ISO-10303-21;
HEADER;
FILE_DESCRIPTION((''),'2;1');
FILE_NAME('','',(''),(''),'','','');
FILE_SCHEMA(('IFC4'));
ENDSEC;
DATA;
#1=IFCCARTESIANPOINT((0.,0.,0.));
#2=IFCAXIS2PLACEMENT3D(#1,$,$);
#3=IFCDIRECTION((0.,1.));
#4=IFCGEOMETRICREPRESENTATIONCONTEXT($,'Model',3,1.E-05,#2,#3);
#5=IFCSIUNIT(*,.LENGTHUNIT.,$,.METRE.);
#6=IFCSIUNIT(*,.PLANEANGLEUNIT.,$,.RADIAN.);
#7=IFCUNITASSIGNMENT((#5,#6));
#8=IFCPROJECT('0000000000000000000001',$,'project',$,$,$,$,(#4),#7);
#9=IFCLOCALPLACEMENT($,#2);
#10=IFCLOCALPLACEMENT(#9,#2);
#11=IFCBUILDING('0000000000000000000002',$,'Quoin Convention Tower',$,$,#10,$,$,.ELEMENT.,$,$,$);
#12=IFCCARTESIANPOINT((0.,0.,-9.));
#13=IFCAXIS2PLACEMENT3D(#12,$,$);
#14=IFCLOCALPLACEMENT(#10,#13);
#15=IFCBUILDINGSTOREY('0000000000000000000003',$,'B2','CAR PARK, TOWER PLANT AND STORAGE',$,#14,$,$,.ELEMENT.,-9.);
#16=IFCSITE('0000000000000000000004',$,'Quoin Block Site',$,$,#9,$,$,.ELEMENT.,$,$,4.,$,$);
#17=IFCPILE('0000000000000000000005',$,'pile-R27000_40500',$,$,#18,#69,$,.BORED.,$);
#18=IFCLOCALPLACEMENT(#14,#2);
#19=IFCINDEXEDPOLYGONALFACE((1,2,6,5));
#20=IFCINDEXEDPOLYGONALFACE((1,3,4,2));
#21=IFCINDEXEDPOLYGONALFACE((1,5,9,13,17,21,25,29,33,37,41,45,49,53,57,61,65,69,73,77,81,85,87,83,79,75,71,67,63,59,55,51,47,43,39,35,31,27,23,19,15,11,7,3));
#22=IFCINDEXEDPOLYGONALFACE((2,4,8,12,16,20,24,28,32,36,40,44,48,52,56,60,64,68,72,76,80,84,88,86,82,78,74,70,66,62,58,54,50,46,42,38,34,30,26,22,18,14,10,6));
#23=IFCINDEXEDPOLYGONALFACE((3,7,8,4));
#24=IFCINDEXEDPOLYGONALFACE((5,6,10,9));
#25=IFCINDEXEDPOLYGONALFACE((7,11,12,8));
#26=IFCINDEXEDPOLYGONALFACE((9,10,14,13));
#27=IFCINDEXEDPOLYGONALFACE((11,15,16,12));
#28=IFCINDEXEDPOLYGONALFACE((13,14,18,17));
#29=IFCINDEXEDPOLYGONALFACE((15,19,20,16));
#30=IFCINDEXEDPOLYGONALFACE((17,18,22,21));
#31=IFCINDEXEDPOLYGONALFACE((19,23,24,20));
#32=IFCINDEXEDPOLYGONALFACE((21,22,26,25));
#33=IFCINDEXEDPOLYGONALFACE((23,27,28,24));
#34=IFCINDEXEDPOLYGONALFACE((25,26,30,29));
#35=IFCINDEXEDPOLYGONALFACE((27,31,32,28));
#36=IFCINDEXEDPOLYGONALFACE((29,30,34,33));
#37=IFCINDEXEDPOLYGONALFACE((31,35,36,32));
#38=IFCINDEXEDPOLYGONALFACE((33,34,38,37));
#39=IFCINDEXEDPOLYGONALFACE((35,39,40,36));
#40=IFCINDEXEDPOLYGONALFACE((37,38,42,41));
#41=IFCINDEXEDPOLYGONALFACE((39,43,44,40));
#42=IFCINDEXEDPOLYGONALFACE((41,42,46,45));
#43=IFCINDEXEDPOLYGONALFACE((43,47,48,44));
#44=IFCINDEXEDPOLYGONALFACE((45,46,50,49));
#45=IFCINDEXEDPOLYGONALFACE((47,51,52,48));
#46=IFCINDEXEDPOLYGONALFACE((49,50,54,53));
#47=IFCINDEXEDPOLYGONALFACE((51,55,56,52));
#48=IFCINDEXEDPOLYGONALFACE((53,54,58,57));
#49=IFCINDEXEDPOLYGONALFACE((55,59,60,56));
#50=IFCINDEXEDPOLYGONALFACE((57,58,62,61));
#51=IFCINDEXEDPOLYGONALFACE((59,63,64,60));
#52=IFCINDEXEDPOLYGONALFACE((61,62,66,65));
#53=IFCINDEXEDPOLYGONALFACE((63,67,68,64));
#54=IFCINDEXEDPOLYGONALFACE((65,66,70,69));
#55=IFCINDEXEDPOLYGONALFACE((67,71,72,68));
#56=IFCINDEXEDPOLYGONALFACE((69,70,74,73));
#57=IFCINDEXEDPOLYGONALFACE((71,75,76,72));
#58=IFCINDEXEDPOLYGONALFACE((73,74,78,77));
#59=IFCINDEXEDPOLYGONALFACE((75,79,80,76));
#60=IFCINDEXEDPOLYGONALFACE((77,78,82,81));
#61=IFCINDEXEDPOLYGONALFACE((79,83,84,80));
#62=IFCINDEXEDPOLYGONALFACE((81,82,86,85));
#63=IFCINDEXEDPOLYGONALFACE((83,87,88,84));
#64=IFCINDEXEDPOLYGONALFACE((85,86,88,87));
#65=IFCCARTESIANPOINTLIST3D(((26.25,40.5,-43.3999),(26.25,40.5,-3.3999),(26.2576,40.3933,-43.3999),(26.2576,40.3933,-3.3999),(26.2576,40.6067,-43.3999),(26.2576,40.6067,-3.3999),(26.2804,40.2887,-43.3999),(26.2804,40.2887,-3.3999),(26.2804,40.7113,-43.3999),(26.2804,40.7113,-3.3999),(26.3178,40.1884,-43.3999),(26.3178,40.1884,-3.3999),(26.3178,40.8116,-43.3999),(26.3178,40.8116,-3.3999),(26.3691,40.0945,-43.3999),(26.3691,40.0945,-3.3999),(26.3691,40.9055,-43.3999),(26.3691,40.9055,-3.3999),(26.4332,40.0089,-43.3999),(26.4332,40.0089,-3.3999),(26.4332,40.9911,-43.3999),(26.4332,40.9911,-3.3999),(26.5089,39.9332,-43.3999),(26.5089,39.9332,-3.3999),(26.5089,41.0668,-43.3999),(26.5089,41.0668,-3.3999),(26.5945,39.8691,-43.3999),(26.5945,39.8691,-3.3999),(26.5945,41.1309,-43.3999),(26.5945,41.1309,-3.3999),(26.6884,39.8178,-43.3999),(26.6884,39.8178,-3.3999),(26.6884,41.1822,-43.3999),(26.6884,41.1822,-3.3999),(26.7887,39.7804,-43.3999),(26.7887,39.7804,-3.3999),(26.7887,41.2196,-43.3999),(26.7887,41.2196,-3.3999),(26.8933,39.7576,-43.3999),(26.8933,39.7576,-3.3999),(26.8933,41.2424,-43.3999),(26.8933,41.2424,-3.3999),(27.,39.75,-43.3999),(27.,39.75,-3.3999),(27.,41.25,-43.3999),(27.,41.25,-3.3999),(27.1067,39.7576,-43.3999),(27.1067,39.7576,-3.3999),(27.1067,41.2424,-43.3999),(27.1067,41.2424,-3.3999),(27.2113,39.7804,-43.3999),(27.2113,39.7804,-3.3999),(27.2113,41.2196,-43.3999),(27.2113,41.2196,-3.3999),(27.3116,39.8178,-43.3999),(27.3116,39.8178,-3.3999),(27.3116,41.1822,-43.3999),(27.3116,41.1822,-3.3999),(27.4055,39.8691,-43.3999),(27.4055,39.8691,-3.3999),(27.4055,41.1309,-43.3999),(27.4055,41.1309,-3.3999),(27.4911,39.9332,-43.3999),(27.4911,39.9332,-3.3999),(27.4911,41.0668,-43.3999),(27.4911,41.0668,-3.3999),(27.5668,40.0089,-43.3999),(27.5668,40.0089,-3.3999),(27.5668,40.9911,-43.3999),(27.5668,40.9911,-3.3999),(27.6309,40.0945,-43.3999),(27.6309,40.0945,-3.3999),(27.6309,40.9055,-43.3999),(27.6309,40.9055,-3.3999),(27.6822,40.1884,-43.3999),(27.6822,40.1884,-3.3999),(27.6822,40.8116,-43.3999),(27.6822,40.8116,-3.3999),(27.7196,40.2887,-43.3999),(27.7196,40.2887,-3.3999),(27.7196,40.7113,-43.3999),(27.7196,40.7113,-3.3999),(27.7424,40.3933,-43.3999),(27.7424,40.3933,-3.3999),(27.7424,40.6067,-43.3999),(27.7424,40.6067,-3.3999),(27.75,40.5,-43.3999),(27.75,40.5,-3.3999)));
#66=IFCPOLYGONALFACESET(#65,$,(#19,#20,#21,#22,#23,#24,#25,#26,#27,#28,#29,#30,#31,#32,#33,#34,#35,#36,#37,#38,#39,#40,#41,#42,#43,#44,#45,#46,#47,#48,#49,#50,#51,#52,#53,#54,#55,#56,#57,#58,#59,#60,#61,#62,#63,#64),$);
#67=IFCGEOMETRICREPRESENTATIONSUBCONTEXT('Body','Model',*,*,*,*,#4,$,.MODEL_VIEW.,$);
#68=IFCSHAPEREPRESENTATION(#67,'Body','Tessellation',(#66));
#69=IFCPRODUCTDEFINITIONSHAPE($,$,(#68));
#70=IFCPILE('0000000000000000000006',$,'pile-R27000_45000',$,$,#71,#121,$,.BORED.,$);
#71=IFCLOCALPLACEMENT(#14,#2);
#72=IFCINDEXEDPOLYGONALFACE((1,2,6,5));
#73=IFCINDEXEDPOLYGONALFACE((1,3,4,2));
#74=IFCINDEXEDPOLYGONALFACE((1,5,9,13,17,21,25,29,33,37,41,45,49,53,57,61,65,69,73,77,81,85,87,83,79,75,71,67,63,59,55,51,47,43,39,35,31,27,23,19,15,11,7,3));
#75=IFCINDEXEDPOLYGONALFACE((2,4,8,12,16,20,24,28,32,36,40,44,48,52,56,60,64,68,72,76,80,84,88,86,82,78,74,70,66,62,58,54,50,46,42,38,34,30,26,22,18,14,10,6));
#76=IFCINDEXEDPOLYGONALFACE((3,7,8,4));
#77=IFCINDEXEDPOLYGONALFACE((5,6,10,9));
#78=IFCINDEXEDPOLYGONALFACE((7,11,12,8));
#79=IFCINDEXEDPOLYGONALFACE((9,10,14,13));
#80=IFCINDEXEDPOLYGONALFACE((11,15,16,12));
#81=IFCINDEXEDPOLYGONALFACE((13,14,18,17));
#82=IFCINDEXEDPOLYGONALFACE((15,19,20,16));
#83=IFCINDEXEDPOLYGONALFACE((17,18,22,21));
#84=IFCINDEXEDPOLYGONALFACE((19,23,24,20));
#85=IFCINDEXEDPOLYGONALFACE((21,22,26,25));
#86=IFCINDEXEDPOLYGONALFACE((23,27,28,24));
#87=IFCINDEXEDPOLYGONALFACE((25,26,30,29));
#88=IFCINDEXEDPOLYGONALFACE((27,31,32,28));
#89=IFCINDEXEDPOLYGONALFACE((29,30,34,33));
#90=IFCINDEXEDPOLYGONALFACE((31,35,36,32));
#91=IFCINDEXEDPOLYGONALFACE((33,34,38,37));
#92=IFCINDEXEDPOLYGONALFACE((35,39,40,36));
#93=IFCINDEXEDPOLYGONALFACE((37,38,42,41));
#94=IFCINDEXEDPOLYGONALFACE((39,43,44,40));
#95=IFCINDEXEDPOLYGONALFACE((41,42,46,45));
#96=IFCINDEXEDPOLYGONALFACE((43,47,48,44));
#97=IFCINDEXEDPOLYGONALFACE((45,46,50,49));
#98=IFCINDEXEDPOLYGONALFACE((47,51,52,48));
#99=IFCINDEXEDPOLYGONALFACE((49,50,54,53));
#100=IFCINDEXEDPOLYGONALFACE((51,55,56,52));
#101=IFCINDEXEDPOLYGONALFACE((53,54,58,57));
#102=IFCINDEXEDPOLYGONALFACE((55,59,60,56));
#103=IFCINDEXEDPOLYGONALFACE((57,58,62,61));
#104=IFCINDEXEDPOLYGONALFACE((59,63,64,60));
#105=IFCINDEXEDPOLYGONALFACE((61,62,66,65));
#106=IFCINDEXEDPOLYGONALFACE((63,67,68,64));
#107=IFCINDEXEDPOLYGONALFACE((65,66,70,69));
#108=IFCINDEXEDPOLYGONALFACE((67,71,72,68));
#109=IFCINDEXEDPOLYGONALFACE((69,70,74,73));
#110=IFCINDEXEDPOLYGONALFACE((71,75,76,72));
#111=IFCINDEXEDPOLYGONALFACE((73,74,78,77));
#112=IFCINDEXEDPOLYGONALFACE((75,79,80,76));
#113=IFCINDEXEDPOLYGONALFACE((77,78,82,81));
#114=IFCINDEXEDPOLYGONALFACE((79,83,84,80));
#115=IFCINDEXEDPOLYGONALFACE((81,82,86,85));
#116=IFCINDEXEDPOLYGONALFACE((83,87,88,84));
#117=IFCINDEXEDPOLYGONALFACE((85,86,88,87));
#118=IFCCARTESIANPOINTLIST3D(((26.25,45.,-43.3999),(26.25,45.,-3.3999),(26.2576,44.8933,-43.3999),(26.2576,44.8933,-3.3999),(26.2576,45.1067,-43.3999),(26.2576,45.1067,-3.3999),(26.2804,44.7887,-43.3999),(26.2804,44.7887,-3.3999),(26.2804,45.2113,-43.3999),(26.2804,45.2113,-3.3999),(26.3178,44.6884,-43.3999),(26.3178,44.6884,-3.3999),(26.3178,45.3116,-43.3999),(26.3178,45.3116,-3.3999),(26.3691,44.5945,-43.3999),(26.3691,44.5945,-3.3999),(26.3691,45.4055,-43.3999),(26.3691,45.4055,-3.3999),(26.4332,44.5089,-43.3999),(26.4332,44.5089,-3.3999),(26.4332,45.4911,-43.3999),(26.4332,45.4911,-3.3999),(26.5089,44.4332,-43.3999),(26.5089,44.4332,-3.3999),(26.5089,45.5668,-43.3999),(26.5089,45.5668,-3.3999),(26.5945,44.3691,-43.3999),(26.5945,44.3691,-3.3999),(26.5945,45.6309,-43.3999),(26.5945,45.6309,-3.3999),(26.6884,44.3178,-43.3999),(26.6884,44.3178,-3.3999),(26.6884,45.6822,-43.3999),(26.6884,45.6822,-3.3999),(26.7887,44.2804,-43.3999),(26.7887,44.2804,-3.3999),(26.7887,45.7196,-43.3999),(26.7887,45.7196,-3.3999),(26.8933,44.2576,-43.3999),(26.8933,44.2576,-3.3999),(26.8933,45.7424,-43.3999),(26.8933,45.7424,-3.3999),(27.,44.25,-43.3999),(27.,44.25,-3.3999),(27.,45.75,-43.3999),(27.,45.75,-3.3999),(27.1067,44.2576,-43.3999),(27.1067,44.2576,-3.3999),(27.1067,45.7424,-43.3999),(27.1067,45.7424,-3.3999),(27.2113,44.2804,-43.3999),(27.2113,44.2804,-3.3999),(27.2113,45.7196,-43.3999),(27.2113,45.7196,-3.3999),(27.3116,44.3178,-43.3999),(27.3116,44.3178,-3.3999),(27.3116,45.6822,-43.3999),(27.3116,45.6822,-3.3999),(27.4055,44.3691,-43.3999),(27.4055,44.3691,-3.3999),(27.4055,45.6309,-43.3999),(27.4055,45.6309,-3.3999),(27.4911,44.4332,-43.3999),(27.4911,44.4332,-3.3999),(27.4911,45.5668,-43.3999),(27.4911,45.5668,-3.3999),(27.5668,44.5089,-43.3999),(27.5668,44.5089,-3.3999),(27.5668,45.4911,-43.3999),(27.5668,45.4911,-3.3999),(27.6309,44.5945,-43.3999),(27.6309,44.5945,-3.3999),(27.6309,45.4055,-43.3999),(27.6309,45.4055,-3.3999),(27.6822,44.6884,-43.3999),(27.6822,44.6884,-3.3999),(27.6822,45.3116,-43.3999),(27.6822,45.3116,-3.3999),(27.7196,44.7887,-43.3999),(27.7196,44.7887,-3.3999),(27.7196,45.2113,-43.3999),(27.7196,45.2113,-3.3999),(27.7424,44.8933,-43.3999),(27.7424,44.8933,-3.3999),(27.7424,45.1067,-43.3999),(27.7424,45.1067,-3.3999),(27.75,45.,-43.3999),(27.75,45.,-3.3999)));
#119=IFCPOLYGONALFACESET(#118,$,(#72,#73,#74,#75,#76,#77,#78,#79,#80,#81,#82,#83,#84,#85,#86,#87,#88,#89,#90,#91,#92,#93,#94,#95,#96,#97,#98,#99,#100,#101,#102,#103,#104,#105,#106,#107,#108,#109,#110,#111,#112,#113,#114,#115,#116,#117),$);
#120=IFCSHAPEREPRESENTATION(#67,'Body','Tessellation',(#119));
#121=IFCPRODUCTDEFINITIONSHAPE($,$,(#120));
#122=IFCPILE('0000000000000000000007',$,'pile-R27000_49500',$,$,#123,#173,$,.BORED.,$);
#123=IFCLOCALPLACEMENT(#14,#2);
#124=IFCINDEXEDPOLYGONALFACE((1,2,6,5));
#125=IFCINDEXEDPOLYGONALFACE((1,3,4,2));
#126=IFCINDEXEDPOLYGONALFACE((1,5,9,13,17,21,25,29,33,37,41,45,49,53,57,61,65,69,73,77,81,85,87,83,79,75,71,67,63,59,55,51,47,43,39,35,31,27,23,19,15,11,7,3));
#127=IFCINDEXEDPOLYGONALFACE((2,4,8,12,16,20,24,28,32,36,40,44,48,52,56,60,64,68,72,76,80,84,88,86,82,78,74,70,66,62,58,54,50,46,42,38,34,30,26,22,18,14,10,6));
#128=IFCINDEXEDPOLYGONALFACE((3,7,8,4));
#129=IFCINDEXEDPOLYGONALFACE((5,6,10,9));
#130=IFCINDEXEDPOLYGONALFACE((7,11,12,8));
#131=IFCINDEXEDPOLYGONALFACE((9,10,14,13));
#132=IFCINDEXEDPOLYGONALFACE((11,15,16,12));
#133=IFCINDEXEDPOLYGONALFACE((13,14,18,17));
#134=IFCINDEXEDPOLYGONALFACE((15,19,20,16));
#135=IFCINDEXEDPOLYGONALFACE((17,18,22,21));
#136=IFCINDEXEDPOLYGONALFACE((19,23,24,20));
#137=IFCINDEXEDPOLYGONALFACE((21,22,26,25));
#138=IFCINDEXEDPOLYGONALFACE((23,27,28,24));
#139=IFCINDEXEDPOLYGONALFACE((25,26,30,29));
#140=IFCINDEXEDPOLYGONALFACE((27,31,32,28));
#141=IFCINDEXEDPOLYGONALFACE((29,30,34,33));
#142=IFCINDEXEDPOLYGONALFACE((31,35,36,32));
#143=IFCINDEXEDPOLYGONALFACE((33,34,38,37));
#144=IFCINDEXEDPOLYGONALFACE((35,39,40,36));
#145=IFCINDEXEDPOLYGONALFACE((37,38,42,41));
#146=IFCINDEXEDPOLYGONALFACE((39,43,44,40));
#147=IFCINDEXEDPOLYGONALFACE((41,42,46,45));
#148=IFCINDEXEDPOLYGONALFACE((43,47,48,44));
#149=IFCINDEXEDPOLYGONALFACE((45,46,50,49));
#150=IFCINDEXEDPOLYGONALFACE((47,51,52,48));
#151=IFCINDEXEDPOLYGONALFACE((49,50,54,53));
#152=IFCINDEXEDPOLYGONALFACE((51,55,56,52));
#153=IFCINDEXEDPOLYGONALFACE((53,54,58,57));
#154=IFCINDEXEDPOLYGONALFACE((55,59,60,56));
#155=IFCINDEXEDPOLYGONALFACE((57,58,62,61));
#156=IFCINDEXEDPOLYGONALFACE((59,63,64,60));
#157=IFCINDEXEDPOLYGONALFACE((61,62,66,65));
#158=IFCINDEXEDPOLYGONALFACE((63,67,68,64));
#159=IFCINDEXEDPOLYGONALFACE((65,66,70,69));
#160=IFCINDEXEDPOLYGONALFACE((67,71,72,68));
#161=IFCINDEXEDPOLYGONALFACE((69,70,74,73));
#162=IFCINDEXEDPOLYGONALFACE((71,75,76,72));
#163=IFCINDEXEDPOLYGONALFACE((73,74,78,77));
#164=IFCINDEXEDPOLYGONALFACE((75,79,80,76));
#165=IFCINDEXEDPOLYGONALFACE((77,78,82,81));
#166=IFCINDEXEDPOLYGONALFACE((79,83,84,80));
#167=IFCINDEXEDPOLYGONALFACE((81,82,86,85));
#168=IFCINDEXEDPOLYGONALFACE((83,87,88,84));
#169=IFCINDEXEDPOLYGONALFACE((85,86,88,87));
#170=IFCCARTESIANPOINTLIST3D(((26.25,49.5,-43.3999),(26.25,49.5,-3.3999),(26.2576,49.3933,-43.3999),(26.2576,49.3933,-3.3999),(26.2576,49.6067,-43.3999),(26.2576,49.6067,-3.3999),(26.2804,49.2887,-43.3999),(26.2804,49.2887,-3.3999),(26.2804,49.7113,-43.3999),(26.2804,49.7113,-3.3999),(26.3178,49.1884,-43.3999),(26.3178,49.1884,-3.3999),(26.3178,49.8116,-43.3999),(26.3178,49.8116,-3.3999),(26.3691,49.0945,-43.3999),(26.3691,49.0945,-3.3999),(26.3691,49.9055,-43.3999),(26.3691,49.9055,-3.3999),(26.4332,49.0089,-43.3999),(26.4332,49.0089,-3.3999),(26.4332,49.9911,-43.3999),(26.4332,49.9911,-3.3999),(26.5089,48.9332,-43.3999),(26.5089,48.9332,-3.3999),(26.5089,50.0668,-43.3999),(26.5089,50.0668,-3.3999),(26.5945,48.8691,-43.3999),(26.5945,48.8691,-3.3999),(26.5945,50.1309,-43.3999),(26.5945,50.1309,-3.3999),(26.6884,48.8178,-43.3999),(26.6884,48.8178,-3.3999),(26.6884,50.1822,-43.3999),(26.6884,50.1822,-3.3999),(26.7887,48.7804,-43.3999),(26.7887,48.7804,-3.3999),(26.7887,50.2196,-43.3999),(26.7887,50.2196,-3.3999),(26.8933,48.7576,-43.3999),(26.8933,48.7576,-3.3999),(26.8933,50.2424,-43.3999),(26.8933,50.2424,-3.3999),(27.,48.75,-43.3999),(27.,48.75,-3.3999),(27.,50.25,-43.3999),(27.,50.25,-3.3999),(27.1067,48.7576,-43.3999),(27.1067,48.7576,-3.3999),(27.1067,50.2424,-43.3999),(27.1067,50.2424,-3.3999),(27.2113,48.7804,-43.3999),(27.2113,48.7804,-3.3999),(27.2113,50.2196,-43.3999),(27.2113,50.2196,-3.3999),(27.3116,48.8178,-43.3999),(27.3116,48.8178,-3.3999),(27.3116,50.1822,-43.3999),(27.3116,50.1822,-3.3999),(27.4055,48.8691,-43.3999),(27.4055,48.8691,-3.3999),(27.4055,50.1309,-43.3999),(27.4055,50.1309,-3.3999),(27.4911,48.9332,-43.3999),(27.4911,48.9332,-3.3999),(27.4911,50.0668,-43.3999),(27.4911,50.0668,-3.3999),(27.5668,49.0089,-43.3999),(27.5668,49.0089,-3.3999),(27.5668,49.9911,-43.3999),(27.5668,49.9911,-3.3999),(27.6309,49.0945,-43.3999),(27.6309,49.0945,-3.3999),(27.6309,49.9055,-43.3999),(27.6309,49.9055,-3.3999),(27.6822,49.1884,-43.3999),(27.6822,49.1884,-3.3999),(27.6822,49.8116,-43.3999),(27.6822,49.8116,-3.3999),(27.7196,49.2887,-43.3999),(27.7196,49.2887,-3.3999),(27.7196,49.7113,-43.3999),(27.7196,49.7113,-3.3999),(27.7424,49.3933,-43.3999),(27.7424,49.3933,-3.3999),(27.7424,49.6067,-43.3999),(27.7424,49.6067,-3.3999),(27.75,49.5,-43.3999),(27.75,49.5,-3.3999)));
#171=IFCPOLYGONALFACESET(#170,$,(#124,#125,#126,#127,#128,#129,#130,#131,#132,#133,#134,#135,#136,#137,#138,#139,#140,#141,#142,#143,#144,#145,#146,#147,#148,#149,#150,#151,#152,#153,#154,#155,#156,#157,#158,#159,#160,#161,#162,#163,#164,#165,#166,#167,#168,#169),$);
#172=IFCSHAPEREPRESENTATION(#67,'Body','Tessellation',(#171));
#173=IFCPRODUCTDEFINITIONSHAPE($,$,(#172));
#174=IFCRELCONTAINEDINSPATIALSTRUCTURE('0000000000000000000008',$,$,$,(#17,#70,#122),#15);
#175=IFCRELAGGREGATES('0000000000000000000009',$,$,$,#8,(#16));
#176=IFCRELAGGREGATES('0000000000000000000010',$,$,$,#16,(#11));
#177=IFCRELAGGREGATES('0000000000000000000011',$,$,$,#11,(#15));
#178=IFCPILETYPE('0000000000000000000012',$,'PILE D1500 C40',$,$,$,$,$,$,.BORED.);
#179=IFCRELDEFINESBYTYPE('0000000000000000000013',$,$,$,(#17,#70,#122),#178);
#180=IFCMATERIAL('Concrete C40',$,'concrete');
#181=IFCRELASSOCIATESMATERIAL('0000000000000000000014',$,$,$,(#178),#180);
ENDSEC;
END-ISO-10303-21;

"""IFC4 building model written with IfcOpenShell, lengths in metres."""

from ifc_helpers import new_model, si_unit, direction, frame, origin, origin_2d, place, context, subcontext, project, spatial, circle, extrude, material, material_profile, profile_set, type_object, element, save


model = new_model("IFC4")

# Units and contexts
model_context = context("Model", 3, precision=1e-05, world=origin(), true_north=direction((0.0, 1.0)))
body_context = subcontext(model_context, "Body", "Model", "MODEL_VIEW")
ifc_project = project(units=[si_unit("LENGTHUNIT", "METRE"), si_unit("PLANEANGLEUNIT", "RADIAN")], contexts=[model_context])

# Site, building, storey
site_placement = place(None, origin())
site = spatial("IfcSite", under=ifc_project, at=site_placement, Name="Quoin Block Site", CompositionType="ELEMENT", RefElevation=4.0)
building_placement = place(site_placement, origin())
building = spatial("IfcBuilding", under=site, at=building_placement, Name="Quoin Convention Tower", CompositionType="ELEMENT")
storey_placement = place(building_placement, frame((0.0, 0.0, -9.0)))
storey = spatial("IfcBuildingStorey", under=building, at=storey_placement, Name="B2", Description="CAR PARK, TOWER PLANT AND STORAGE", CompositionType="ELEMENT", Elevation=-9.0)

# Piles
ifc_material_1 = material(Name="Concrete C40", Category="concrete")
ifc_material_profile_1 = material_profile(ifc_material_1, circle(Radius=0.75, at=origin_2d()), Name="D1500")
ifc_profile_set_1 = profile_set([ifc_material_profile_1], Name="Concrete C40")
pile_type = type_object("IfcPileType", Name="PILE D1500 C40", PredefinedType="BORED", material=ifc_profile_set_1)
for number, where, z_axis, x_axis, name in (
    (1, (27.0, 40.5, -3.3999), (0.0, 0.0, -1.0), (1.0, 0.0, 0.0), "pile-R27000_40500"),
    (2, (27.0, 45.0, -3.3999), (0.0, 0.0, -1.0), (1.0, 0.0, 0.0), "pile-R27000_45000"),
    (3, (27.0, 49.5, -3.3999), (0.0, 0.0, -1.0), (1.0, 0.0, 0.0), "pile-R27000_49500"),
):
    element("IfcPile", number, at=place(storey_placement, frame(where, z_axis=z_axis, x_axis=x_axis)), inside=storey, type_object=pile_type, Name=name, PredefinedType="BORED", context=body_context, shape_type="SweptSolid", body=[
        extrude(circle(Radius=0.75, at=origin_2d()), origin(), (0.0, 0.0, 1.0), 40.0),
    ])

save(model, "model.ifc")
